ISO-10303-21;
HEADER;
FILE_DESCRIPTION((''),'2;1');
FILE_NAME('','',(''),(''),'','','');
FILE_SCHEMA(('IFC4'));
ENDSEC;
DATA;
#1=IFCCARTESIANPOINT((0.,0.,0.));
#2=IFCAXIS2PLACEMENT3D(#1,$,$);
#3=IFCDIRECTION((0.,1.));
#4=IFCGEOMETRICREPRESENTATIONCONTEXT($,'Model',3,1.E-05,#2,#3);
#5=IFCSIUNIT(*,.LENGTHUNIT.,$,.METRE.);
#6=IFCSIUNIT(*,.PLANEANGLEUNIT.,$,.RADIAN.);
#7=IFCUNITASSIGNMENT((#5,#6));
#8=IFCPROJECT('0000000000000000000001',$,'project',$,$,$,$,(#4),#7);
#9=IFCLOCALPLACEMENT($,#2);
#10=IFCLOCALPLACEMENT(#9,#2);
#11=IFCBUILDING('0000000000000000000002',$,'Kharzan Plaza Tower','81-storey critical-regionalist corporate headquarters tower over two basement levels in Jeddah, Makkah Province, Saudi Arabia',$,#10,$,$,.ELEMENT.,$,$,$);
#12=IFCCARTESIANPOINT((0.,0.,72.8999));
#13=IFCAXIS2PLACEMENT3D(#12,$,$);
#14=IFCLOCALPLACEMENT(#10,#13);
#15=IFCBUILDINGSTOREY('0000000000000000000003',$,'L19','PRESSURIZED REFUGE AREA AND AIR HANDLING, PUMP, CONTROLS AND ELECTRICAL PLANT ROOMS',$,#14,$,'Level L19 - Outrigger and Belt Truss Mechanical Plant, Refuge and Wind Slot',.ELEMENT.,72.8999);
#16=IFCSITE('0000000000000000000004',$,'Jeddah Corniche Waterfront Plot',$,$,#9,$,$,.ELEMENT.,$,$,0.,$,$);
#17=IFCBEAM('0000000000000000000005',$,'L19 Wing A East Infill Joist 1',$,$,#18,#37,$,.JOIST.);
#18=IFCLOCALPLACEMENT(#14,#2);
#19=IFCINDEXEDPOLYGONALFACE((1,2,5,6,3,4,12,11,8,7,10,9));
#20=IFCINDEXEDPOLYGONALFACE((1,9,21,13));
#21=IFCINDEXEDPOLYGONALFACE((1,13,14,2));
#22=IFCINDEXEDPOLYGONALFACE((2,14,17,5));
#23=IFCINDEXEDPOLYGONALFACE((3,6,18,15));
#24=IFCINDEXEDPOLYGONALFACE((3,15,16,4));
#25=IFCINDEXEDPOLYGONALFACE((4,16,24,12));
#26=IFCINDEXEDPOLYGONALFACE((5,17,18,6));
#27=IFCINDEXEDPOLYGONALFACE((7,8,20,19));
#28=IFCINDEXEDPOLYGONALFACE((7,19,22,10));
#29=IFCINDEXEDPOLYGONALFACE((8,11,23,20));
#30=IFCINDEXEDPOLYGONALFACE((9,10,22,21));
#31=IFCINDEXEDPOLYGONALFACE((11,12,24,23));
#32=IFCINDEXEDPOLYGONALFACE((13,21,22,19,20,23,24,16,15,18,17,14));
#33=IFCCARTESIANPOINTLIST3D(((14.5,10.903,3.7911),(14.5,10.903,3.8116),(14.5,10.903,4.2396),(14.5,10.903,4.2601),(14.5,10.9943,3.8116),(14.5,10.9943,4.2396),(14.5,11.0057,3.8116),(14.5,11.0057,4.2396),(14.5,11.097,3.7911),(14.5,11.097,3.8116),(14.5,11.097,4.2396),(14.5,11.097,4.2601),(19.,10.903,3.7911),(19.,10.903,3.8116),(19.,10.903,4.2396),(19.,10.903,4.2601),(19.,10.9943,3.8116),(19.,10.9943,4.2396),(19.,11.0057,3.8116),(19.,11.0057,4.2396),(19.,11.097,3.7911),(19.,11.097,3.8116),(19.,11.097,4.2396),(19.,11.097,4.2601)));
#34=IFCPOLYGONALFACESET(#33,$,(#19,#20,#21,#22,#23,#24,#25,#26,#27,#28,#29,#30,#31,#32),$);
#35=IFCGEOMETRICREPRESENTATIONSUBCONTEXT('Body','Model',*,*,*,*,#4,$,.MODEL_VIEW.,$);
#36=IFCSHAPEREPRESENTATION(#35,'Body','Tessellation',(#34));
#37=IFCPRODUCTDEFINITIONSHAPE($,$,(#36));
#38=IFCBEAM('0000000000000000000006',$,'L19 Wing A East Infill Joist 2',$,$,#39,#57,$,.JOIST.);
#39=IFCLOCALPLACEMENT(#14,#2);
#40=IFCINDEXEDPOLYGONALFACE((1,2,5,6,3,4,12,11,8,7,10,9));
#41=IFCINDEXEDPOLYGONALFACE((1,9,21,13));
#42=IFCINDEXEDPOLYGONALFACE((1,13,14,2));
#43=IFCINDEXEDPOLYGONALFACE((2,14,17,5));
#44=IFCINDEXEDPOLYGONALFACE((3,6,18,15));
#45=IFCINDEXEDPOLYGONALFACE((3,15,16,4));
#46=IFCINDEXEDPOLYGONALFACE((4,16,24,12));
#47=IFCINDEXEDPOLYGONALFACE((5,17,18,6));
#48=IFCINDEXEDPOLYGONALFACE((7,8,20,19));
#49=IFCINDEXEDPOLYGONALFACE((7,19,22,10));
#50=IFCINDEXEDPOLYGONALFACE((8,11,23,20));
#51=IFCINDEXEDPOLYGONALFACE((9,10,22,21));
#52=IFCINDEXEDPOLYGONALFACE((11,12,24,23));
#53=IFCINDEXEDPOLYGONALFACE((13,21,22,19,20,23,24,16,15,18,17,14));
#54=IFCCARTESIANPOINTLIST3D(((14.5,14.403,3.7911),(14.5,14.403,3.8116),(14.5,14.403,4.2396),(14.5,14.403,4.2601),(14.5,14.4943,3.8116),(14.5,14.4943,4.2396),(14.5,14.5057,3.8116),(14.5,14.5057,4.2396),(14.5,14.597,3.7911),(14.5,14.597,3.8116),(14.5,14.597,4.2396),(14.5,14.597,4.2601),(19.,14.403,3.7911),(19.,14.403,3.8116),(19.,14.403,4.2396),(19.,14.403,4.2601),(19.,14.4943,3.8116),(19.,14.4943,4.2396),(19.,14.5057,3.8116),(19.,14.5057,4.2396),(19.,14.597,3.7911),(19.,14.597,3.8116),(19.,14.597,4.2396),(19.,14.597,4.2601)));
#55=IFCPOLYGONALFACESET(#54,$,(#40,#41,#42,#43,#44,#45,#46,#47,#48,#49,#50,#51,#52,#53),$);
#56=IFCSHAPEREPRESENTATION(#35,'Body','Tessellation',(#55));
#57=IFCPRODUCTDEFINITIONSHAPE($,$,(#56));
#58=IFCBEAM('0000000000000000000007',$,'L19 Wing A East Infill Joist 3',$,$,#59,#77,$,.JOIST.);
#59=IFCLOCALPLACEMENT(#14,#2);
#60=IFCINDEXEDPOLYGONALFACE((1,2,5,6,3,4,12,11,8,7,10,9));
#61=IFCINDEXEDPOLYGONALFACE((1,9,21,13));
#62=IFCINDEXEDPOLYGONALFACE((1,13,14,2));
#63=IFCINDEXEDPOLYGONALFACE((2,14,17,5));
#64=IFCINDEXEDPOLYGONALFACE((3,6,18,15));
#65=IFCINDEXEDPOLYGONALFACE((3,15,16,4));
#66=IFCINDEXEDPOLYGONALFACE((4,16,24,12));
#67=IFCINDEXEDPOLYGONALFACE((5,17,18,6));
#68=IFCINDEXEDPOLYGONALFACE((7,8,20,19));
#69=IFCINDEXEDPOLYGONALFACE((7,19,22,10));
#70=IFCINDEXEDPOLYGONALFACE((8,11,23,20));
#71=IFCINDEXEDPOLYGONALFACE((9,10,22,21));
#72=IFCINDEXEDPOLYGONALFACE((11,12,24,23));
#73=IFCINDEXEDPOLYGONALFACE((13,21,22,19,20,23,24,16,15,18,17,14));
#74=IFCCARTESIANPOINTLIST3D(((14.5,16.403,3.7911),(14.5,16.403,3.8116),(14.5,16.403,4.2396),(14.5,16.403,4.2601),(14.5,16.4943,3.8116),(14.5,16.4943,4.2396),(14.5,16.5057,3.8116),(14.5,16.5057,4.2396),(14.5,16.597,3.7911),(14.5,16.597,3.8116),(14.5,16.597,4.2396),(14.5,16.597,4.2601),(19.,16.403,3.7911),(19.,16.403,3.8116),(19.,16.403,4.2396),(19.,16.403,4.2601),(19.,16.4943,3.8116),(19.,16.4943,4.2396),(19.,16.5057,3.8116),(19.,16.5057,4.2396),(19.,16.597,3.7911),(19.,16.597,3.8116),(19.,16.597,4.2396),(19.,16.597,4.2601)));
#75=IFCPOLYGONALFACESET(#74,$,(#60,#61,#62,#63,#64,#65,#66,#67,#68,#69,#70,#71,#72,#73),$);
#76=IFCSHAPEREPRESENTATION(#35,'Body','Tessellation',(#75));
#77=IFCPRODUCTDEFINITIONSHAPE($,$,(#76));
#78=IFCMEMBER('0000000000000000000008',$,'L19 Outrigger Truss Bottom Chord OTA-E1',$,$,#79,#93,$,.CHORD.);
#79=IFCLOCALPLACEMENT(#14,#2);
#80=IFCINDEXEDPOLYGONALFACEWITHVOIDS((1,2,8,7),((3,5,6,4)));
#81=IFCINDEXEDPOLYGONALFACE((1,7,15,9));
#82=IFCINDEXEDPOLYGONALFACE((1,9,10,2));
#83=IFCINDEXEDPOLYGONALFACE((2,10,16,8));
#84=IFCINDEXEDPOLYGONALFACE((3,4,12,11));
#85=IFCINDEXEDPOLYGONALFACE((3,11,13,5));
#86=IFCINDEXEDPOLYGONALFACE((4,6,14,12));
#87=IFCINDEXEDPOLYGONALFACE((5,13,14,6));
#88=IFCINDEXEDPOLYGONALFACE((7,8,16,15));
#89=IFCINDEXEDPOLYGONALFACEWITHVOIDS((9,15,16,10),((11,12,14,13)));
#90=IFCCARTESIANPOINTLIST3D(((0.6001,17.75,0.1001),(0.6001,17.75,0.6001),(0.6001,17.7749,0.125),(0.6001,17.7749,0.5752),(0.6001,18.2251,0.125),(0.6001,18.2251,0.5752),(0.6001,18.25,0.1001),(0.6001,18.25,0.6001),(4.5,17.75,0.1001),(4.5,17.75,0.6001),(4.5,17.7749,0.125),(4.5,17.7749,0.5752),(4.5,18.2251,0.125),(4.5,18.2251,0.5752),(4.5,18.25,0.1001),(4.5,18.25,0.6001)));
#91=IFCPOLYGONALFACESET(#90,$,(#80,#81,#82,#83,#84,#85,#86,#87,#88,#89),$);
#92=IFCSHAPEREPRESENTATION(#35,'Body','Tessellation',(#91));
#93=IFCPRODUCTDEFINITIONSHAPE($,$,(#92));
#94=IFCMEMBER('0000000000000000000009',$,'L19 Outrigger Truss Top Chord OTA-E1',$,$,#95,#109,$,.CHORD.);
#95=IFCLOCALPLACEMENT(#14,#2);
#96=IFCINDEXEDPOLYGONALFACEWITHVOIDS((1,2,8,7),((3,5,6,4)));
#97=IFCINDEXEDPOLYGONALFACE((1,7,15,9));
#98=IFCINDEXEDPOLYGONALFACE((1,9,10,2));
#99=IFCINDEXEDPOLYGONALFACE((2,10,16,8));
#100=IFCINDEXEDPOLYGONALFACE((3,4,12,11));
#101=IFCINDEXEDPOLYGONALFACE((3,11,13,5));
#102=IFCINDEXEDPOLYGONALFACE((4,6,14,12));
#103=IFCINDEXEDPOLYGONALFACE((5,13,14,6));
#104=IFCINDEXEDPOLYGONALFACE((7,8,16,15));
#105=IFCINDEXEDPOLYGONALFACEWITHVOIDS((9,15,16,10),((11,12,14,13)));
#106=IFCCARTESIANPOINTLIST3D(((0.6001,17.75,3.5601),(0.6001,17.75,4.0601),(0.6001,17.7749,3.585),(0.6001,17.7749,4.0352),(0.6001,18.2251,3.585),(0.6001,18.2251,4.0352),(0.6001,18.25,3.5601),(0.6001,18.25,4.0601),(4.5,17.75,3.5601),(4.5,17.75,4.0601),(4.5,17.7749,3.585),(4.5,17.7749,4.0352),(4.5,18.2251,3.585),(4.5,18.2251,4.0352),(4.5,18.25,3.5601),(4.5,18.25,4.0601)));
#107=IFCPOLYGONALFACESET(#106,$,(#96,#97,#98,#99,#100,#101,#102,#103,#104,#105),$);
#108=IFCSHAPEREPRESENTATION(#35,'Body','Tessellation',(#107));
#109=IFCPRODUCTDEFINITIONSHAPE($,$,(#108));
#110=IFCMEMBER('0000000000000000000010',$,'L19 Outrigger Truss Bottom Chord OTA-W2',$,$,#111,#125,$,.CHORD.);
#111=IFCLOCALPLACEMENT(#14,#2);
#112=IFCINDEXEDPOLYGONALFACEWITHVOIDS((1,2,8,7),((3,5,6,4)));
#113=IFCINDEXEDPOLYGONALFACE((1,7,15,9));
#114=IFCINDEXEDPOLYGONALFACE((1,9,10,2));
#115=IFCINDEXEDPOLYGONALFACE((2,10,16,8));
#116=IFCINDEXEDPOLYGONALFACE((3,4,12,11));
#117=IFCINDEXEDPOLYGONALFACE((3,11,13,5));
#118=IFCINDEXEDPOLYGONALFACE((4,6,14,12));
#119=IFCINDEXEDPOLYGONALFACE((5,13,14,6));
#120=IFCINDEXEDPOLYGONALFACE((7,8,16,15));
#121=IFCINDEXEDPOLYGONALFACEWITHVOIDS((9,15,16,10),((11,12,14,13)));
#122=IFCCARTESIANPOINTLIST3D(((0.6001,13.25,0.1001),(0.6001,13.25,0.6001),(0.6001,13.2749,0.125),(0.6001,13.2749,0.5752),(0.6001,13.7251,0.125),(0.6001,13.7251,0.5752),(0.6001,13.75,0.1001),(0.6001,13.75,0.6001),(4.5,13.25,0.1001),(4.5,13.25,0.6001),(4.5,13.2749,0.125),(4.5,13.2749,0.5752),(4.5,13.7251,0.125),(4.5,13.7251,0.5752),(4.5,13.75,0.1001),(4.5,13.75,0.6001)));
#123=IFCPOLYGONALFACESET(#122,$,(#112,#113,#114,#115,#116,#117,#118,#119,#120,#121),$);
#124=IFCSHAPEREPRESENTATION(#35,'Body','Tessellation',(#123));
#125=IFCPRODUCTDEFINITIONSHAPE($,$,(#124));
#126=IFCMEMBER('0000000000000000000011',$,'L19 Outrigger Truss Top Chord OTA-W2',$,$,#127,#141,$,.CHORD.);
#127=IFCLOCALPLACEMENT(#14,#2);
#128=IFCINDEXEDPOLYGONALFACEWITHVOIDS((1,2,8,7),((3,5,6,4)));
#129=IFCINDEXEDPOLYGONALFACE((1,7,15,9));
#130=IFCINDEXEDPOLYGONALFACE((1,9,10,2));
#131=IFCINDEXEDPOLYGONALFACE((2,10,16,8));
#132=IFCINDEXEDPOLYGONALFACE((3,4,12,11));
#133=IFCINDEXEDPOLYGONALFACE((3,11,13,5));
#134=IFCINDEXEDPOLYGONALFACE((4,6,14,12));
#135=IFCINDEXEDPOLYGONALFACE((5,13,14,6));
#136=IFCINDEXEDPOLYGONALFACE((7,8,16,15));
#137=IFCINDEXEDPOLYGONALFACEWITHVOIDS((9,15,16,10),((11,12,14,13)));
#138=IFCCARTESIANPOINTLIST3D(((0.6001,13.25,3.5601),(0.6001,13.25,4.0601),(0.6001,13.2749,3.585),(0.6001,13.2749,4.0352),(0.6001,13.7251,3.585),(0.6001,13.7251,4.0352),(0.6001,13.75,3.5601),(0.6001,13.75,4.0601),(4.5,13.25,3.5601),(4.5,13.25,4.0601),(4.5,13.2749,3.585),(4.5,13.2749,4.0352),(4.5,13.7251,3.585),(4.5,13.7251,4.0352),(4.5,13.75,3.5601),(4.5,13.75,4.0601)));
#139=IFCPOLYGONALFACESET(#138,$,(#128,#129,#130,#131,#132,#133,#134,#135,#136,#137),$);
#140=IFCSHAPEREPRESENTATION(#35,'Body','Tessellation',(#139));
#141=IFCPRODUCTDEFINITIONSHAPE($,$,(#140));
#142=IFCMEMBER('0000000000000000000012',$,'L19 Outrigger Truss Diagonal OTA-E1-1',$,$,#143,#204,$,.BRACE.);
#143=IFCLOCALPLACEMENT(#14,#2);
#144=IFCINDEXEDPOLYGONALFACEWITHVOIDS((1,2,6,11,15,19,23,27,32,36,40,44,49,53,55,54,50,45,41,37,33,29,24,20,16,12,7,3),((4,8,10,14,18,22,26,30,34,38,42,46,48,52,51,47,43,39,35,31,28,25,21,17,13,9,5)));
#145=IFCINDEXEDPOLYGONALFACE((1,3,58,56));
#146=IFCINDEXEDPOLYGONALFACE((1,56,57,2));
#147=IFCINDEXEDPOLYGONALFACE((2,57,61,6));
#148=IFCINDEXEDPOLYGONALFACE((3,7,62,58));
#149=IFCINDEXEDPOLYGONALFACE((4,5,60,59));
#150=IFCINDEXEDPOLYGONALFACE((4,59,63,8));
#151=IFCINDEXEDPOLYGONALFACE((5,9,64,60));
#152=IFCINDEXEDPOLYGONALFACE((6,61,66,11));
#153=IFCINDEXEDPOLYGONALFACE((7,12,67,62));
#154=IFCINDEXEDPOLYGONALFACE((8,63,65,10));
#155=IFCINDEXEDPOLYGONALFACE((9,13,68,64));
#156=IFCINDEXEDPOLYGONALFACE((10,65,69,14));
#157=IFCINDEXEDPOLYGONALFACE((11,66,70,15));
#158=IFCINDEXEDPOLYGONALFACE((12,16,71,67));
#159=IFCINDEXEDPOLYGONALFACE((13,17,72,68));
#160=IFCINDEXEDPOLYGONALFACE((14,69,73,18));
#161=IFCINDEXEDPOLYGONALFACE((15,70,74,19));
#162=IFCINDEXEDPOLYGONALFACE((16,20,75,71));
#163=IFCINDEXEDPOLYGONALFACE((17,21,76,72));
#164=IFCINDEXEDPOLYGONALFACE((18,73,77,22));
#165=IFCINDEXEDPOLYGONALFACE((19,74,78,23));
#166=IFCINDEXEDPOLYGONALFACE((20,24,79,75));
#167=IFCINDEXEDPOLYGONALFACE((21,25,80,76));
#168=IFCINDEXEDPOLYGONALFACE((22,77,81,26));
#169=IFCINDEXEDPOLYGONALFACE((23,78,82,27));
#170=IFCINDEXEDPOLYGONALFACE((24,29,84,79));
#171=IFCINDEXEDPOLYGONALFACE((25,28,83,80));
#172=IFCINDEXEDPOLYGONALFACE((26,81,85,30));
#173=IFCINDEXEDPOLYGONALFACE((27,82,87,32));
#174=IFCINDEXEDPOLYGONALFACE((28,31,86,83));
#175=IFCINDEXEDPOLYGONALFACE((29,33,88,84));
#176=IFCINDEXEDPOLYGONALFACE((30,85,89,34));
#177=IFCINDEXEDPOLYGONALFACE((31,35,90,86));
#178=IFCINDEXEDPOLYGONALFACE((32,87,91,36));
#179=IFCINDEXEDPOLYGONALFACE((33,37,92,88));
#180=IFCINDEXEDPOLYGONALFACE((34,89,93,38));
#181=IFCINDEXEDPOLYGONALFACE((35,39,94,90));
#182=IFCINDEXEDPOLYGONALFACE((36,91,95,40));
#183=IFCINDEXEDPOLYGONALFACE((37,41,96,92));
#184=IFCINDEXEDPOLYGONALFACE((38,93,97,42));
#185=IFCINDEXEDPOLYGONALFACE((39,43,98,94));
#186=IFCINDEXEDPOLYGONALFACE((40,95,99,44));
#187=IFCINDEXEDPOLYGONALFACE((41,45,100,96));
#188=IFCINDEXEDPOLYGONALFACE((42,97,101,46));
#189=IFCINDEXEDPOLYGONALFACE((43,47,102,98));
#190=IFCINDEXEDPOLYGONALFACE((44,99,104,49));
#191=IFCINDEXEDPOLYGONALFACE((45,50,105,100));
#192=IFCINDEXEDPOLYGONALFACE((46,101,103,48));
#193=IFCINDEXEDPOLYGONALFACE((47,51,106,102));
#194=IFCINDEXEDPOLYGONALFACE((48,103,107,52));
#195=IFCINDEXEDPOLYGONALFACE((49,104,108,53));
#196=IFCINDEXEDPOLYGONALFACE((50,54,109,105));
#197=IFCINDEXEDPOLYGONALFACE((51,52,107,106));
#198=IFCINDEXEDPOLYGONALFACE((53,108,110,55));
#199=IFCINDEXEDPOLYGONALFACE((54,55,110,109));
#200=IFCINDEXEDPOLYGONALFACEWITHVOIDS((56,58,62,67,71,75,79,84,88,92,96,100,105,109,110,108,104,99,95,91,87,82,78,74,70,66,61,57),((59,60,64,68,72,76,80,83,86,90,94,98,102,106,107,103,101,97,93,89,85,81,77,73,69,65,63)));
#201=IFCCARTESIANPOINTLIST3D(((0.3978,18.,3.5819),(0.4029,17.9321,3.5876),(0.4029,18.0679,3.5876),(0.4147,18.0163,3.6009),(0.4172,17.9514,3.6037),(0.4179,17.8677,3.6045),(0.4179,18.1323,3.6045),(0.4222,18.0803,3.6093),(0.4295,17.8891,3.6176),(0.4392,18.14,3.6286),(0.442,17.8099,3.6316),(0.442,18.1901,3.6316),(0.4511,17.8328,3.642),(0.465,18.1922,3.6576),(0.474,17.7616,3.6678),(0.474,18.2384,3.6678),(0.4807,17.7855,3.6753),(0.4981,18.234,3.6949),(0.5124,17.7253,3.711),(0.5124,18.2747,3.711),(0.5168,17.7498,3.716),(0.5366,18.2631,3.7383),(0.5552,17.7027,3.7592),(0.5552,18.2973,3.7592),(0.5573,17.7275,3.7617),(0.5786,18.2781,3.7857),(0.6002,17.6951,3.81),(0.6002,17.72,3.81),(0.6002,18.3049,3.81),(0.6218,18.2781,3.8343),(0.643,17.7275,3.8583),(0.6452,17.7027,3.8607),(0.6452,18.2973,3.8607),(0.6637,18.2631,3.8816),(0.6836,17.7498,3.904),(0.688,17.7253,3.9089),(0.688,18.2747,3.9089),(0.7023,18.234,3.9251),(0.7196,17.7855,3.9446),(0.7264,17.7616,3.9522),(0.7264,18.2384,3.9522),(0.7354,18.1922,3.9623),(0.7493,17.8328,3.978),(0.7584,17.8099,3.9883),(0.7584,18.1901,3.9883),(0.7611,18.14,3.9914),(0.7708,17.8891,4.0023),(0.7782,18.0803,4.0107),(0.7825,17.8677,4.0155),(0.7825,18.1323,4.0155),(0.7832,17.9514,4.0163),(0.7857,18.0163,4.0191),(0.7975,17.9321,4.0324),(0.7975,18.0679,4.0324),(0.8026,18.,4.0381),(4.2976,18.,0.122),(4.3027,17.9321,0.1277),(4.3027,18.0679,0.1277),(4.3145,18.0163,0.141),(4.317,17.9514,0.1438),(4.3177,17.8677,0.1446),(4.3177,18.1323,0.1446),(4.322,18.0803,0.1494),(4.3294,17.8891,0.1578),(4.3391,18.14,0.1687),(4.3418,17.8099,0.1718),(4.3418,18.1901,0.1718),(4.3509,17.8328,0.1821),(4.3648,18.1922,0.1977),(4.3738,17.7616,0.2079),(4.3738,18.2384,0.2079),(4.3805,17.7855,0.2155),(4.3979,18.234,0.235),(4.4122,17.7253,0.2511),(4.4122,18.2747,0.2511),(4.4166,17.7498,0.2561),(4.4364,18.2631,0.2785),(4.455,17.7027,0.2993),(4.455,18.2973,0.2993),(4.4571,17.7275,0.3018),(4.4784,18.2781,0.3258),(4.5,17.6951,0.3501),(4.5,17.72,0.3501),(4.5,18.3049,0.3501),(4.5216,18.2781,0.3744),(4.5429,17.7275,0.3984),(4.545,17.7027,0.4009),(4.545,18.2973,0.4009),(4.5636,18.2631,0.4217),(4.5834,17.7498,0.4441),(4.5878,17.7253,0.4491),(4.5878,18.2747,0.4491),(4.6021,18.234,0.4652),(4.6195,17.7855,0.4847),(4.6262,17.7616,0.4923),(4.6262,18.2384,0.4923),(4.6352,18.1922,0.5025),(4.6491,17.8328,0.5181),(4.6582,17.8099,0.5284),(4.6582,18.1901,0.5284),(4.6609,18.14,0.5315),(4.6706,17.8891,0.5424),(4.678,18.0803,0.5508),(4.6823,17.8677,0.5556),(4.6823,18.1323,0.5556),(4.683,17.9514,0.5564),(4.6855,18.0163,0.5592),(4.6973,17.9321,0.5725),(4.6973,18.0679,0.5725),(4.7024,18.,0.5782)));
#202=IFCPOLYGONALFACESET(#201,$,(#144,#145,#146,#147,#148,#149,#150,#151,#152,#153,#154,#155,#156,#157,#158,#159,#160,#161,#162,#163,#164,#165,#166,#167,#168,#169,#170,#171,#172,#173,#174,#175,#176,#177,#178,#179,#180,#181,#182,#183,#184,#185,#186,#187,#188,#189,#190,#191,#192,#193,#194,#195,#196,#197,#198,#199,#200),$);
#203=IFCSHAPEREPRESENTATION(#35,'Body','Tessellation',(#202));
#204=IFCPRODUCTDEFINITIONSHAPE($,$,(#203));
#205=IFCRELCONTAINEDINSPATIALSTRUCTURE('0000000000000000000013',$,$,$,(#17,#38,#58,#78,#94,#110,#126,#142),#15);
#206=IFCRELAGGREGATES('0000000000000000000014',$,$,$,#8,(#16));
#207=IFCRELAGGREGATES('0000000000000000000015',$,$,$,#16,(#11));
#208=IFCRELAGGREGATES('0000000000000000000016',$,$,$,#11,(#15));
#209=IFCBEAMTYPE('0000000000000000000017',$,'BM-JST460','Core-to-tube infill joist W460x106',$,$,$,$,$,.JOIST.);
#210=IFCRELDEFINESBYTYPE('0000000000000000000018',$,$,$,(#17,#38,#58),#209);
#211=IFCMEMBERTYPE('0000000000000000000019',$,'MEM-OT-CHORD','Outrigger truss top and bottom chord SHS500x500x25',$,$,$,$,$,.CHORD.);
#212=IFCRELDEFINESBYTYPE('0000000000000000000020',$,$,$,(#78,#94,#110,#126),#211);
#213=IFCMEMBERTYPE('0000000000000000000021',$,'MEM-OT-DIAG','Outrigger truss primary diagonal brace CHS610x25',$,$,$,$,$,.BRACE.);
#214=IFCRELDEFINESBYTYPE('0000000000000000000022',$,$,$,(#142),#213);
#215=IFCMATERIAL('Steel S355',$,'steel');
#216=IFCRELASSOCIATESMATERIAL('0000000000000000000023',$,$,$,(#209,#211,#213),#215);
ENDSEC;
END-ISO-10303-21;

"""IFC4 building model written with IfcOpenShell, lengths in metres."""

from ifc_helpers import new_model, si_unit, direction, frame, origin, origin_2d, place, context, subcontext, project, spatial, hollow_rectangle, hollow_circle, i_section, extrude, source, transform, mapped, material, material_profile, profile_set, type_object, element, save


model = new_model("IFC4")

# Units and contexts
model_context = context("Model", 3, precision=1e-05, world=origin(), true_north=direction((0.0, 1.0)))
body_context = subcontext(model_context, "Body", "Model", "MODEL_VIEW")
ifc_project = project(units=[si_unit("LENGTHUNIT", "METRE"), si_unit("PLANEANGLEUNIT", "RADIAN")], contexts=[model_context])

# Site, building, storey
site_placement = place(None, origin())
site = spatial("IfcSite", under=ifc_project, at=site_placement, Name="Jeddah Corniche Waterfront Plot", CompositionType="ELEMENT", RefElevation=0.0)
building_placement = place(site_placement, origin())
building = spatial("IfcBuilding", under=site, at=building_placement, Name="Kharzan Plaza Tower", Description="81-storey critical-regionalist corporate headquarters tower over two basement levels in Jeddah, Makkah Province, Saudi Arabia", CompositionType="ELEMENT")
storey_placement = place(building_placement, frame((0.0, 0.0, 72.8999)))
storey = spatial("IfcBuildingStorey", under=building, at=storey_placement, Name="L19", Description="PRESSURIZED REFUGE AREA AND AIR HANDLING, PUMP, CONTROLS AND ELECTRICAL PLANT ROOMS", LongName="Level L19 - Outrigger and Belt Truss Mechanical Plant, Refuge and Wind Slot", CompositionType="ELEMENT", Elevation=72.8999)

# Beams
ifc_material_1 = material(Name="Steel S355", Category="steel")
ifc_material_profile_1 = material_profile(ifc_material_1, i_section(OverallWidth=0.1941, OverallDepth=0.469, WebThickness=0.0115, FlangeThickness=0.0205, at=origin_2d()), Name="W460x106")
ifc_profile_set_1 = profile_set([ifc_material_profile_1], Name="Steel S355")
beam_type = type_object("IfcBeamType", Name="BM-JST460", Description="Core-to-tube infill joist W460x106", PredefinedType="JOIST", material=ifc_profile_set_1)
shared_shape_1 = source(origin(), body_context, "Body", "SweptSolid", [
    extrude(i_section(OverallWidth=0.1941, OverallDepth=0.469, WebThickness=0.0115, FlangeThickness=0.0205, at=origin_2d()), origin(), (0.0, 0.0, 1.0), 4.5),
])
for number, where, z_axis, x_axis, name in (
    (1, (14.5, 11.0, 4.0256), (1.0, 0.0, 0.0), (0.0, 1.0, 0.0), "L19 Wing A East Infill Joist 1"),
    (2, (14.5, 14.5, 4.0256), (1.0, 0.0, 0.0), (0.0, 1.0, 0.0), "L19 Wing A East Infill Joist 2"),
    (3, (14.5, 16.5, 4.0256), (1.0, 0.0, 0.0), (0.0, 1.0, 0.0), "L19 Wing A East Infill Joist 3"),
):
    element("IfcBeam", number, at=place(storey_placement, frame(where, z_axis=z_axis, x_axis=x_axis)), inside=storey, type_object=beam_type, Name=name, PredefinedType="JOIST", context=body_context, shape_type="MappedRepresentation", body=[
        mapped(shared_shape_1, transform((0.0, 0.0, 0.0), x_axis=(1.0, 0.0, 0.0), y_axis=(0.0, 1.0, 0.0), z_axis=(0.0, 0.0, 1.0))),
    ])

# Members
ifc_material_profile_2 = material_profile(ifc_material_1, hollow_rectangle(XDim=0.5, YDim=0.5, WallThickness=0.0249, at=origin_2d()), Name="SHS500x500x25")
ifc_profile_set_2 = profile_set([ifc_material_profile_2], Name="Steel S355")
member_type_1 = type_object("IfcMemberType", Name="MEM-OT-CHORD", Description="Outrigger truss top and bottom chord SHS500x500x25", PredefinedType="CHORD", material=ifc_profile_set_2)
shared_shape_2 = source(origin(), body_context, "Body", "SweptSolid", [
    extrude(hollow_rectangle(XDim=0.5, YDim=0.5, WallThickness=0.0249, at=origin_2d()), origin(), (0.0, 0.0, 1.0), 3.8999),
])
for number, where, z_axis, x_axis, name in (
    (4, (4.5, 18.0, 0.3501), (-1.0, 0.0, 0.0), (0.0, -1.0, 0.0), "L19 Outrigger Truss Bottom Chord OTA-E1"),
    (5, (4.5, 18.0, 3.8101), (-1.0, 0.0, 0.0), (0.0, -1.0, 0.0), "L19 Outrigger Truss Top Chord OTA-E1"),
    (6, (4.5, 13.5, 0.3501), (-1.0, 0.0, 0.0), (0.0, -1.0, 0.0), "L19 Outrigger Truss Bottom Chord OTA-W2"),
    (7, (4.5, 13.5, 3.8101), (-1.0, 0.0, 0.0), (0.0, -1.0, 0.0), "L19 Outrigger Truss Top Chord OTA-W2"),
):
    element("IfcMember", number, at=place(storey_placement, frame(where, z_axis=z_axis, x_axis=x_axis)), inside=storey, type_object=member_type_1, Name=name, PredefinedType="CHORD", context=body_context, shape_type="MappedRepresentation", body=[
        mapped(shared_shape_2, transform((0.0, 0.0, 0.0), x_axis=(1.0, 0.0, 0.0), y_axis=(0.0, 1.0, 0.0), z_axis=(0.0, 0.0, 1.0))),
    ])
ifc_material_profile_3 = material_profile(ifc_material_1, hollow_circle(Radius=0.3049, WallThickness=0.0249, at=origin_2d()), Name="CHS610x25")
ifc_profile_set_3 = profile_set([ifc_material_profile_3], Name="Steel S355")
member_type_2 = type_object("IfcMemberType", Name="MEM-OT-DIAG", Description="Outrigger truss primary diagonal brace CHS610x25", PredefinedType="BRACE", material=ifc_profile_set_3)
shared_shape_3 = source(origin(), body_context, "Body", "SweptSolid", [
    extrude(hollow_circle(Radius=0.3049, WallThickness=0.0249, at=origin_2d()), origin(), (0.0, 0.0, 1.0), 5.2134),
])
for number, where, z_axis, x_axis, name in (
    (8, (4.5, 18.0, 0.3501), (-0.748039, 0.0, 0.663654), (0.0, -1.0, 0.0), "L19 Outrigger Truss Diagonal OTA-E1-1"),
):
    element("IfcMember", number, at=place(storey_placement, frame(where, z_axis=z_axis, x_axis=x_axis)), inside=storey, type_object=member_type_2, Name=name, PredefinedType="BRACE", context=body_context, shape_type="MappedRepresentation", body=[
        mapped(shared_shape_3, transform((0.0, 0.0, 0.0), x_axis=(1.0, 0.0, 0.0), y_axis=(0.0, 1.0, 0.0), z_axis=(0.0, 0.0, 1.0))),
    ])

save(model, "model.ifc")
